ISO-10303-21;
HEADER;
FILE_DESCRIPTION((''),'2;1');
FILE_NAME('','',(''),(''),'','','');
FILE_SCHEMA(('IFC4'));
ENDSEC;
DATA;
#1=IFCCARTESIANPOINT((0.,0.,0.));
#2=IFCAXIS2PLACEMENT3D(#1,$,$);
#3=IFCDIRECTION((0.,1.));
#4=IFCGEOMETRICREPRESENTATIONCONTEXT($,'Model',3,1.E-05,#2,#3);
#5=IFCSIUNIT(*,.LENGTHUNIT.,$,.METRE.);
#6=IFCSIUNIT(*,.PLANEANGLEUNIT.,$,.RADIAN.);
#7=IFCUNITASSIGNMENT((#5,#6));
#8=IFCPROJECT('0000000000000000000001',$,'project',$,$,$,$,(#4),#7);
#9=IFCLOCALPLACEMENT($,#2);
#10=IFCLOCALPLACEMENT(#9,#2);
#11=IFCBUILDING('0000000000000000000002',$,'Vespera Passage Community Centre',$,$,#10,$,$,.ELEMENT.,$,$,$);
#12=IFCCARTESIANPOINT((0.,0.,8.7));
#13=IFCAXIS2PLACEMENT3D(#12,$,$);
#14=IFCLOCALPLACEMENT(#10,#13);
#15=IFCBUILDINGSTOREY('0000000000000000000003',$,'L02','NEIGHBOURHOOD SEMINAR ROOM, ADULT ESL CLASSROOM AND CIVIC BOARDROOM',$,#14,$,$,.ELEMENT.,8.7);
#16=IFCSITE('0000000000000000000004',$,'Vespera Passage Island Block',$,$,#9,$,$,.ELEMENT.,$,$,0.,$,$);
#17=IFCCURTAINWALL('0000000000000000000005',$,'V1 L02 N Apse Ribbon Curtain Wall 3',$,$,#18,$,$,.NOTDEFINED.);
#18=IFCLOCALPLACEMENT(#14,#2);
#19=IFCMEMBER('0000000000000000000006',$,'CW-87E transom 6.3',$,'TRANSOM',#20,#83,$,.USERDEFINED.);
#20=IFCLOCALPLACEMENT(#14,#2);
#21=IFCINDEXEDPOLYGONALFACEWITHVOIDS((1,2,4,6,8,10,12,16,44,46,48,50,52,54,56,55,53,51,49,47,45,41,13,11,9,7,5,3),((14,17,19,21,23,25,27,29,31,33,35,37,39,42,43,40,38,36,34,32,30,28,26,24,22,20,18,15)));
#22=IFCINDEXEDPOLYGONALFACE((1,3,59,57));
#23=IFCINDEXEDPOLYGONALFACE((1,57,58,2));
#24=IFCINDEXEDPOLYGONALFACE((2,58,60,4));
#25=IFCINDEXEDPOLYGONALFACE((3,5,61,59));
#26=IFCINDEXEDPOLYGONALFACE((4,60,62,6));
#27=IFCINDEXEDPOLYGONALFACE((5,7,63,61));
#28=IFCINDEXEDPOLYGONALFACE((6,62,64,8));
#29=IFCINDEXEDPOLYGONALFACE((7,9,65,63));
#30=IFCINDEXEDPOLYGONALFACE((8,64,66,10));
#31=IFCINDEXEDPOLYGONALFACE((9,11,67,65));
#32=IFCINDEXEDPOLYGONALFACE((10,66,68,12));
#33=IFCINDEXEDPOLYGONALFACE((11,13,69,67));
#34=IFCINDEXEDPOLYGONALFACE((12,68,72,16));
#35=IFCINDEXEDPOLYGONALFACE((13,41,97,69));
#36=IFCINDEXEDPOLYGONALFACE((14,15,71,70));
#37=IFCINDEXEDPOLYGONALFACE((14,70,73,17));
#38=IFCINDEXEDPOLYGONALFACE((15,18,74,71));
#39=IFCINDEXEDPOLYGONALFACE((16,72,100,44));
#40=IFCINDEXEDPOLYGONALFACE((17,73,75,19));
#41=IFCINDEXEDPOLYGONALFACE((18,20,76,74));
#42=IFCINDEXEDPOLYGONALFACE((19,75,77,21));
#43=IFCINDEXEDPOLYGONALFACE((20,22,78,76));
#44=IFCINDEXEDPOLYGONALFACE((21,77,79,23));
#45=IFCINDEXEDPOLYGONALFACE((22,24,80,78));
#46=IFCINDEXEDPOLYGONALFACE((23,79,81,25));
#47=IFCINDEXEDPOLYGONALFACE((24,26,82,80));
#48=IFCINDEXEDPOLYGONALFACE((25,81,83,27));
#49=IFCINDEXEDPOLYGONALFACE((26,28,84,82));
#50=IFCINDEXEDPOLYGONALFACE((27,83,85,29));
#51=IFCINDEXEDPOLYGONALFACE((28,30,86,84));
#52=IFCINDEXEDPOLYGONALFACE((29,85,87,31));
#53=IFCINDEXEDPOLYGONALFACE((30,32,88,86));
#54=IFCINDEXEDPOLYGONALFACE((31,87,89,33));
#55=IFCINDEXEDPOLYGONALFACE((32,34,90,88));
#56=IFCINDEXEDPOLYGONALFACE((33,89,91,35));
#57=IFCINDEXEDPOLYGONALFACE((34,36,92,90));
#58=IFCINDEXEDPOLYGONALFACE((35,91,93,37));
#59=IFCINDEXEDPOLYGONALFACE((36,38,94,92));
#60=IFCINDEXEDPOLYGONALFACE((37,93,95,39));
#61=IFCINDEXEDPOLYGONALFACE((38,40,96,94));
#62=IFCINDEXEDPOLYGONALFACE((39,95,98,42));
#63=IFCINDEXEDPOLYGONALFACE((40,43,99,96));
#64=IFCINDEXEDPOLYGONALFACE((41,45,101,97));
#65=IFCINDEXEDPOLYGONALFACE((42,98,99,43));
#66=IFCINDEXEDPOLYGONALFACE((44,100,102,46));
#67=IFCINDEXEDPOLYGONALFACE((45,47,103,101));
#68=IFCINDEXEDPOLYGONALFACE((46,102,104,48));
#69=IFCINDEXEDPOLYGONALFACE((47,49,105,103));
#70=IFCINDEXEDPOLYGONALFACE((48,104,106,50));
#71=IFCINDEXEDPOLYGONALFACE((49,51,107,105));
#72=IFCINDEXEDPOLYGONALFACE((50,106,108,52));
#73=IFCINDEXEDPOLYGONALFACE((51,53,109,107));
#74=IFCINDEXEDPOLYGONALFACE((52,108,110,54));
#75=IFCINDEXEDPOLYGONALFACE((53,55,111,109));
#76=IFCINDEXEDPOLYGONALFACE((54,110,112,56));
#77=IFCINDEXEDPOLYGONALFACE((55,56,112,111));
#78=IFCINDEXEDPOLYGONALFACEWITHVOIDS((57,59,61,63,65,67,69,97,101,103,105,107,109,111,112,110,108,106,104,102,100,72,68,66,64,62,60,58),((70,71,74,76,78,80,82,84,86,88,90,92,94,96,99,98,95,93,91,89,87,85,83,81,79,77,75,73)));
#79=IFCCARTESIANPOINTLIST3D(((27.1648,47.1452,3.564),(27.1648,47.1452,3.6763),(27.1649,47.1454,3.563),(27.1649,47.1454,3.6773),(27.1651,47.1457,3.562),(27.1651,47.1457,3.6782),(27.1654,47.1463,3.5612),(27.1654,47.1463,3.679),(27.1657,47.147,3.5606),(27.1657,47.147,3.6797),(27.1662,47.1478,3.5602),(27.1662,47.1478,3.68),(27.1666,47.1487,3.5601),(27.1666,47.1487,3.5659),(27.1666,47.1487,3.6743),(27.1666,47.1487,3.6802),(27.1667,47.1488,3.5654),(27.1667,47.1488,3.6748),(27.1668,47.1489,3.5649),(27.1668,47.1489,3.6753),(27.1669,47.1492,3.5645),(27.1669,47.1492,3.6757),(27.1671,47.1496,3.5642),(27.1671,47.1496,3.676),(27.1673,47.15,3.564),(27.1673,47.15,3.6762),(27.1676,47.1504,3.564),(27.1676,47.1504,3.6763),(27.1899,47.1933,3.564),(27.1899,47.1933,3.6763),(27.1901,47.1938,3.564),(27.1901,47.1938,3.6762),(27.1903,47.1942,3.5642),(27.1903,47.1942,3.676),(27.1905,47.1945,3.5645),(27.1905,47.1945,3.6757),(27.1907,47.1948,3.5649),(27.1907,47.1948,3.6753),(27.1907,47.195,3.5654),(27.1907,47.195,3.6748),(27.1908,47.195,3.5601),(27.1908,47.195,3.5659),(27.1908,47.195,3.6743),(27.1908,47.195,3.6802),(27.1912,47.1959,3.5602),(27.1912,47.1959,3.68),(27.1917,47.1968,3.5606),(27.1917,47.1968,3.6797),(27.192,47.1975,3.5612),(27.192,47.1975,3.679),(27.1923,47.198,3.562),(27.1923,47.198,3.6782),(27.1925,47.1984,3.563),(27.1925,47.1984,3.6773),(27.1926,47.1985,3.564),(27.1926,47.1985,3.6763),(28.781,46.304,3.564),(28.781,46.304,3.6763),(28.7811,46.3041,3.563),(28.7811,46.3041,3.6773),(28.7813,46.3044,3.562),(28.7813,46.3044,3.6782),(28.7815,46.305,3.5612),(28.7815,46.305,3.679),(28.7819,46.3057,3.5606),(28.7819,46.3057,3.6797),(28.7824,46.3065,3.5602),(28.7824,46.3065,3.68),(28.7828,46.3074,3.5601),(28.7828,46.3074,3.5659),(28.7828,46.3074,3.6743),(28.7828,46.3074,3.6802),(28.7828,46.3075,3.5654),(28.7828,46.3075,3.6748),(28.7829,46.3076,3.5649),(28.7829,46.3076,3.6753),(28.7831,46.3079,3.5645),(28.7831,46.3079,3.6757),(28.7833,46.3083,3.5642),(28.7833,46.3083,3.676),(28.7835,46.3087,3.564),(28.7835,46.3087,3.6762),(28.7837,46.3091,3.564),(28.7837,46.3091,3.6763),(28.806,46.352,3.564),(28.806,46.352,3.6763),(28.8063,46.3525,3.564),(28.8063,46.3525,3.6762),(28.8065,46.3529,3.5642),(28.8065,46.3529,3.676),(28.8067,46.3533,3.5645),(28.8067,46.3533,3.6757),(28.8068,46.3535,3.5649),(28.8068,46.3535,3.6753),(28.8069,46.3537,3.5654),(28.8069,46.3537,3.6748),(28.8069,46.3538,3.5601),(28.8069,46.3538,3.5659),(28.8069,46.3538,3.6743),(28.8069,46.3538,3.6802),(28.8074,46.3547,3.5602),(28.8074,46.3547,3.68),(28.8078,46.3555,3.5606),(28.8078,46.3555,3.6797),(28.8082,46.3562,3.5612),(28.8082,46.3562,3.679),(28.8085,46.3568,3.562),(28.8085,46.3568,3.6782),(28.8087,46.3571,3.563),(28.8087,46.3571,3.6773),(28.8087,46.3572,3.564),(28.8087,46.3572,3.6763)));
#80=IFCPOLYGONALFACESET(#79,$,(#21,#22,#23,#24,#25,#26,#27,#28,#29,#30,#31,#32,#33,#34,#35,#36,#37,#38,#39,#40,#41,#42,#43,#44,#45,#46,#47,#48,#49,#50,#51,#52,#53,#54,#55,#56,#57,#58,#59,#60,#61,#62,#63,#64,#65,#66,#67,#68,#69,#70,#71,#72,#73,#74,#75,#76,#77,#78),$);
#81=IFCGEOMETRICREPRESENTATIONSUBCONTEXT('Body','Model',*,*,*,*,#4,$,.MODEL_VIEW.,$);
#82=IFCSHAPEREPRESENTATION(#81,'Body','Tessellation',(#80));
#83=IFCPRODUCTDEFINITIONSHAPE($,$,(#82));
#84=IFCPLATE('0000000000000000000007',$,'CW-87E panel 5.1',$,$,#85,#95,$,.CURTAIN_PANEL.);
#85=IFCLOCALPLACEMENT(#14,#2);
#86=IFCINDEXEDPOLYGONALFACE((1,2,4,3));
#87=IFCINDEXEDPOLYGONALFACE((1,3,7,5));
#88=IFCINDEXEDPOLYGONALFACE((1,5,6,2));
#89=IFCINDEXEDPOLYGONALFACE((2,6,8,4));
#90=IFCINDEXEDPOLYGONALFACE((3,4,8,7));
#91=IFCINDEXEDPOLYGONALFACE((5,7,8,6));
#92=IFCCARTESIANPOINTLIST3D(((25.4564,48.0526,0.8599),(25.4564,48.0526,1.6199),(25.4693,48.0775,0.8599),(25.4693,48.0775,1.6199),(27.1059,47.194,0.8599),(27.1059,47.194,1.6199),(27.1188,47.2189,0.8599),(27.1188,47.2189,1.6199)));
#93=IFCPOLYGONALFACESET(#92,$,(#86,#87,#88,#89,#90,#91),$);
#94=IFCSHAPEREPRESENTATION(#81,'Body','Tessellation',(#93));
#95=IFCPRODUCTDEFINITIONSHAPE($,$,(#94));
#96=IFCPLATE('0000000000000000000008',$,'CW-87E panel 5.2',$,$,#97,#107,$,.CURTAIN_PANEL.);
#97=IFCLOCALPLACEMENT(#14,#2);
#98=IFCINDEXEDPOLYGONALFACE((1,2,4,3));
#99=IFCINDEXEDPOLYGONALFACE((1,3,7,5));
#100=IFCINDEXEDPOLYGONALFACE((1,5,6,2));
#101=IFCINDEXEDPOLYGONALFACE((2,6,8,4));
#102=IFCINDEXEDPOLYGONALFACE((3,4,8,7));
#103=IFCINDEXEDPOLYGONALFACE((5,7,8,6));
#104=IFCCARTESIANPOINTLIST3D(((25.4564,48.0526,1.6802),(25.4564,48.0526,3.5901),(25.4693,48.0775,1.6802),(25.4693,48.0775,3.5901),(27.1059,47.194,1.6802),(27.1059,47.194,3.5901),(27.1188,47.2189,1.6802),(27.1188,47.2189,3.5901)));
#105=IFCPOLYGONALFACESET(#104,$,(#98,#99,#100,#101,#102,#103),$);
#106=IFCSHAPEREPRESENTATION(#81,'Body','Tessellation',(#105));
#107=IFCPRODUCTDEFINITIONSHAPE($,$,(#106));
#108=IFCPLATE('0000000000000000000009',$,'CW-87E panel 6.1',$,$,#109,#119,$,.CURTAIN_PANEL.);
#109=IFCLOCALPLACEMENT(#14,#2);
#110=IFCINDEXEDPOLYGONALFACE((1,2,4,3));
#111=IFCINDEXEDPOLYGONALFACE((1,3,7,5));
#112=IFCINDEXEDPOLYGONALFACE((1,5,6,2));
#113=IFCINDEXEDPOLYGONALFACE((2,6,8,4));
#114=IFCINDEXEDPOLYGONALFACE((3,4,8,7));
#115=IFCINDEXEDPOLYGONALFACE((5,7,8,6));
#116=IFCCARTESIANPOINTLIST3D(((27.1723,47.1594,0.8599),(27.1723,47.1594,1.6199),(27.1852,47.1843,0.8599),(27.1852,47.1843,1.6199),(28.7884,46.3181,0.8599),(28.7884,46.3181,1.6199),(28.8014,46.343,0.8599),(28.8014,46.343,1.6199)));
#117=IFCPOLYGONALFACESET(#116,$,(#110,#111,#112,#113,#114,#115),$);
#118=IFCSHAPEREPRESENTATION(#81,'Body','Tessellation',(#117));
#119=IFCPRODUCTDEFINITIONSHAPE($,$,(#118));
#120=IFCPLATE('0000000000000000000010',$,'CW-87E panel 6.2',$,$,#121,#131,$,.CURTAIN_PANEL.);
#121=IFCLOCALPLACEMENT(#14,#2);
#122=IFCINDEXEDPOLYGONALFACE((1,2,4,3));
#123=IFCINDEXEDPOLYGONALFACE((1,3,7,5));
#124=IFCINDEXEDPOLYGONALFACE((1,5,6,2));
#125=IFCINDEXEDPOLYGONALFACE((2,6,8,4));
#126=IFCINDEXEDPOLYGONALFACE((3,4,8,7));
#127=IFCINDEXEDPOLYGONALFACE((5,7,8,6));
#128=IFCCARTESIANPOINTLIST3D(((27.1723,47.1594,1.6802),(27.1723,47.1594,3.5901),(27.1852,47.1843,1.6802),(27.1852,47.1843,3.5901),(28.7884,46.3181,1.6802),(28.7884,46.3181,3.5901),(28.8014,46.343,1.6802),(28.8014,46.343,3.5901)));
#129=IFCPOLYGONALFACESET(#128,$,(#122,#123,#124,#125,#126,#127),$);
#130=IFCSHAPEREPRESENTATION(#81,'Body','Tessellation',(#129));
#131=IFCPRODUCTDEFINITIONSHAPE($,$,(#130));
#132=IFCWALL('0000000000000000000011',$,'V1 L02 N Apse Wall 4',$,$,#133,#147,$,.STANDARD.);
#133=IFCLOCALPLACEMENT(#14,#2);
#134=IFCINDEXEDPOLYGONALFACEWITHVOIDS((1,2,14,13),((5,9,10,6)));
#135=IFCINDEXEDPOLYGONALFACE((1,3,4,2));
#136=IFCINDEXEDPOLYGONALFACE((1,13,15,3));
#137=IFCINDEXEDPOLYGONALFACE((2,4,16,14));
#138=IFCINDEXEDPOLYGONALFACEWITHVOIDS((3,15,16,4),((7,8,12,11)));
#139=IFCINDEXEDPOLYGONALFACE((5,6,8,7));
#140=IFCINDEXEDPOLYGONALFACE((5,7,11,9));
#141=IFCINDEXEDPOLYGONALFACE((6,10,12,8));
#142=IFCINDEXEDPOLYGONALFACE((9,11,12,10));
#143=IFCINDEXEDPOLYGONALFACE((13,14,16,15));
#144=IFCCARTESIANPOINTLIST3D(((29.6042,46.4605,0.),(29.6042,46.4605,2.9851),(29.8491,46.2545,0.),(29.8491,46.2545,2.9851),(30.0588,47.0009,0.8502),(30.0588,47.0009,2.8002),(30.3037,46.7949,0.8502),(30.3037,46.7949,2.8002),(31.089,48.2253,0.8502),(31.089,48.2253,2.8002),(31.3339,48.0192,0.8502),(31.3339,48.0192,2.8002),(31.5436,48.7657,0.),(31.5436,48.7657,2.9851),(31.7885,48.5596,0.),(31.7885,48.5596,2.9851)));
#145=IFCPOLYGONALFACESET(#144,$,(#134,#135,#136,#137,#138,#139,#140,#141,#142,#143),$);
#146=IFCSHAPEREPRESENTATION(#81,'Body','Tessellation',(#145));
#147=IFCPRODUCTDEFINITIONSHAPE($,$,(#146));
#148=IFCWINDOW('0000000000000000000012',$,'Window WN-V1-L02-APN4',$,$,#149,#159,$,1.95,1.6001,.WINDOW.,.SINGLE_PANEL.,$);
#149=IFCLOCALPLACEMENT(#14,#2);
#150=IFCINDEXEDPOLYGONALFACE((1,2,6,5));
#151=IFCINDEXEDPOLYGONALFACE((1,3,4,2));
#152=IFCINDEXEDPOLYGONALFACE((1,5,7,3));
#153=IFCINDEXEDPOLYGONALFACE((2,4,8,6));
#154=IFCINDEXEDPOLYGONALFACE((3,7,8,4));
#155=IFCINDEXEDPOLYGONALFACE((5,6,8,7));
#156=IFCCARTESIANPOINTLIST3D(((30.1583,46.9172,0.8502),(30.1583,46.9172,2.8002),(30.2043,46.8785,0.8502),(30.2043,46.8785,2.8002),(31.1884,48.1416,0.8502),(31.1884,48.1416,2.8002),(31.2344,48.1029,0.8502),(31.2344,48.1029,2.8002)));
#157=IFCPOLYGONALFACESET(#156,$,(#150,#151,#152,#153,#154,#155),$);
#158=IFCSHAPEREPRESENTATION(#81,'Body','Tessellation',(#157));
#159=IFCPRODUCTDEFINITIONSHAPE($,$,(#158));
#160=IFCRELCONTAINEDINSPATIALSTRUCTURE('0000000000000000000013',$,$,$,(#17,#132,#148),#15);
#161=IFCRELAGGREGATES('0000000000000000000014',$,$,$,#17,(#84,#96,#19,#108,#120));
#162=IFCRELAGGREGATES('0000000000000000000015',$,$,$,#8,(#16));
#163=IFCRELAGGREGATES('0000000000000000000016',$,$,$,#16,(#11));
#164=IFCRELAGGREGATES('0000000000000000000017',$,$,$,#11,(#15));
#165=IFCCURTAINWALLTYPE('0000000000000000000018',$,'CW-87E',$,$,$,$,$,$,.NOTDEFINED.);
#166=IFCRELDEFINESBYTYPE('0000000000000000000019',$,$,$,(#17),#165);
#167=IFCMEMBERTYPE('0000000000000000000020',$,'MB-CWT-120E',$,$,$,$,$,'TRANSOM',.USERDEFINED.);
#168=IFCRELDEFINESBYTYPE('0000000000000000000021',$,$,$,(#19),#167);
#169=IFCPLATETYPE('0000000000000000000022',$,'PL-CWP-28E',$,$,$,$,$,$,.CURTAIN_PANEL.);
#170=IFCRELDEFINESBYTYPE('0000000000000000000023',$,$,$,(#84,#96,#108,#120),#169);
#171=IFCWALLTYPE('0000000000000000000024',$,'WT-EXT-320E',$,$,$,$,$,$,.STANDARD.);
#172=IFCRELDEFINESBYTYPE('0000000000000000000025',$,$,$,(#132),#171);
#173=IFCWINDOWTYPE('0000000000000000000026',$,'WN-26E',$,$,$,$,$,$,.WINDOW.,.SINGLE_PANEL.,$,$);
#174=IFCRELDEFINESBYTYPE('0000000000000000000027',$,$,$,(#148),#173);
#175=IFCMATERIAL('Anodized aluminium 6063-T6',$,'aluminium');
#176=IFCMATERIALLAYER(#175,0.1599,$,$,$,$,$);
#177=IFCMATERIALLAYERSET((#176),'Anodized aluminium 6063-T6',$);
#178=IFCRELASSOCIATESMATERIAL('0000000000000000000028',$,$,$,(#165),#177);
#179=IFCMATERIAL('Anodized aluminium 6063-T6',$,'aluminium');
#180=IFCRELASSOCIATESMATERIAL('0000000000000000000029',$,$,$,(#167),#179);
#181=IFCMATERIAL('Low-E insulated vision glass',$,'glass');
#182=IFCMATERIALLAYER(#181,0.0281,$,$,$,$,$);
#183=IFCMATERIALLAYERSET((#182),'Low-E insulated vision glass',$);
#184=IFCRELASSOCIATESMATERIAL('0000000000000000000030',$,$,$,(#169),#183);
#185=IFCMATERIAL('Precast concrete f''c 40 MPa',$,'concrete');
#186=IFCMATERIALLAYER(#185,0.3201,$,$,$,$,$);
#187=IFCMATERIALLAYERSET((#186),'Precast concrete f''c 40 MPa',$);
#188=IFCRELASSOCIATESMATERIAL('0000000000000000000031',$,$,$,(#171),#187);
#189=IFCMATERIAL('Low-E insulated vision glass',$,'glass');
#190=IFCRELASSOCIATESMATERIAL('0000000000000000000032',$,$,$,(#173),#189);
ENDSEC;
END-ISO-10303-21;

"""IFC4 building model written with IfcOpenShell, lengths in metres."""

from ifc_helpers import new_model, si_unit, direction, frame, frame_2d, origin, origin_2d, place, context, subcontext, project, spatial, rectangle, hollow_rectangle, extrude, material, layer, layer_set, material_profile, profile_set, type_object, element, fill, aggregate, save


model = new_model("IFC4")

# Units and contexts
model_context = context("Model", 3, precision=1e-05, world=origin(), true_north=direction((0.0, 1.0)))
body_context = subcontext(model_context, "Body", "Model", "MODEL_VIEW")
ifc_project = project(units=[si_unit("LENGTHUNIT", "METRE"), si_unit("PLANEANGLEUNIT", "RADIAN")], contexts=[model_context])

# Site, building, storey
site_placement = place(None, origin())
site = spatial("IfcSite", under=ifc_project, at=site_placement, Name="Vespera Passage Island Block", CompositionType="ELEMENT", RefElevation=0.0)
building_placement = place(site_placement, origin())
building = spatial("IfcBuilding", under=site, at=building_placement, Name="Vespera Passage Community Centre", CompositionType="ELEMENT")
storey_placement = place(building_placement, frame((0.0, 0.0, 8.7)))
storey = spatial("IfcBuildingStorey", under=building, at=storey_placement, Name="L02", Description="NEIGHBOURHOOD SEMINAR ROOM, ADULT ESL CLASSROOM AND CIVIC BOARDROOM", CompositionType="ELEMENT", Elevation=8.7)

# Curtain wall, member, plates
ifc_material_1 = material(Name="Anodized aluminium 6063-T6", Category="aluminium")
ifc_layer_1 = layer(ifc_material_1, 0.1599)
ifc_layer_set_1 = layer_set([ifc_layer_1], Name="Anodized aluminium 6063-T6")
curtain_wall_type = type_object("IfcCurtainWallType", Name="CW-87E", PredefinedType="NOTDEFINED", material=ifc_layer_set_1)
curtain_wall_placement = place(storey_placement, origin())
curtain_wall = element("IfcCurtainWall", 1, at=curtain_wall_placement, inside=storey, type_object=curtain_wall_type, Name="V1 L02 N Apse Ribbon Curtain Wall 3", PredefinedType="NOTDEFINED")
ifc_material_2 = material(Name="Anodized aluminium 6063-T6", Category="aluminium")
ifc_material_profile_1 = material_profile(ifc_material_2, hollow_rectangle(XDim=0.0601, YDim=0.1201, WallThickness=0.0039, InnerFilletRadius=0.002, OuterFilletRadius=0.0039, at=origin_2d()), Name="ALU120X60X4")
ifc_profile_set_1 = profile_set([ifc_material_profile_1], Name="Anodized aluminium 6063-T6")
member_type_1 = type_object("IfcMemberType", Name="MB-CWT-120E", ElementType="TRANSOM", PredefinedType="USERDEFINED", material=ifc_profile_set_1)
member_1_placement = place(storey_placement, frame((27.1787, 47.1719, 3.6201), z_axis=(0.887019, -0.461732, 0.0), x_axis=(0.461732, 0.887019, 0.0)))
member_1 = element("IfcMember", 2, at=member_1_placement, type_object=member_type_1, Name="CW-87E transom 6.3", ObjectType="TRANSOM", PredefinedType="USERDEFINED", context=body_context, shape_type="SweptSolid", body=[
    extrude(hollow_rectangle(XDim=0.0601, YDim=0.1201, WallThickness=0.0039, InnerFilletRadius=0.002, OuterFilletRadius=0.0039, at=origin_2d()), origin(), (0.0, 0.0, 1.0), 1.822),
])
ifc_material_3 = material(Name="Low-E insulated vision glass", Category="glass")
ifc_layer_2 = layer(ifc_material_3, 0.0281)
ifc_layer_set_2 = layer_set([ifc_layer_2], Name="Low-E insulated vision glass")
plate_type = type_object("IfcPlateType", Name="PL-CWP-28E", PredefinedType="CURTAIN_PANEL", material=ifc_layer_set_2)
plate_1_placement = place(storey_placement, frame((26.2876, 47.6357, 0.8599), z_axis=(0.0, 0.0, 1.0), x_axis=(0.887013, -0.461745, 0.0)))
plate_1 = element("IfcPlate", 3, at=plate_1_placement, type_object=plate_type, Name="CW-87E panel 5.1", PredefinedType="CURTAIN_PANEL", context=body_context, shape_type="SweptSolid", body=[
    extrude(rectangle(XDim=1.8596, YDim=0.0281, at=origin_2d()), origin(), (0.0, 0.0, 1.0), 0.76),
])
plate_2_placement = place(storey_placement, frame((26.2876, 47.6357, 1.6802), z_axis=(0.0, 0.0, 1.0), x_axis=(0.887013, -0.461745, 0.0)))
plate_2 = element("IfcPlate", 4, at=plate_2_placement, type_object=plate_type, Name="CW-87E panel 5.2", PredefinedType="CURTAIN_PANEL", context=body_context, shape_type="SweptSolid", body=[
    extrude(rectangle(XDim=1.8596, YDim=0.0281, at=origin_2d()), origin(), (0.0, 0.0, 1.0), 1.9099),
])
plate_3_placement = place(storey_placement, frame((27.9868, 46.7512, 0.8599), z_axis=(0.0, 0.0, 1.0), x_axis=(0.887013, -0.461745, 0.0)))
plate_3 = element("IfcPlate", 5, at=plate_3_placement, type_object=plate_type, Name="CW-87E panel 6.1", PredefinedType="CURTAIN_PANEL", context=body_context, shape_type="SweptSolid", body=[
    extrude(rectangle(XDim=1.822, YDim=0.0281, at=origin_2d()), origin(), (0.0, 0.0, 1.0), 0.76),
])
plate_4_placement = place(storey_placement, frame((27.9868, 46.7512, 1.6802), z_axis=(0.0, 0.0, 1.0), x_axis=(0.887013, -0.461745, 0.0)))
plate_4 = element("IfcPlate", 6, at=plate_4_placement, type_object=plate_type, Name="CW-87E panel 6.2", PredefinedType="CURTAIN_PANEL", context=body_context, shape_type="SweptSolid", body=[
    extrude(rectangle(XDim=1.822, YDim=0.0281, at=origin_2d()), origin(), (0.0, 0.0, 1.0), 1.9099),
])
aggregate(curtain_wall, [plate_1, plate_2, member_1, plate_3, plate_4])

# Wall, opening, window
ifc_material_4 = material(Name="Precast concrete f'c 40 MPa", Category="concrete")
ifc_layer_3 = layer(ifc_material_4, 0.3201)
ifc_layer_set_3 = layer_set([ifc_layer_3], Name="Precast concrete f'c 40 MPa")
wall_type_1 = type_object("IfcWallType", Name="WT-EXT-320E", PredefinedType="STANDARD", material=ifc_layer_set_3)
wall_1_placement = place(storey_placement, frame((29.7266, 46.3574, 0.0), z_axis=(0.0, 0.0, 1.0), x_axis=(0.643796, 0.765197, 0.0)))
wall_1 = element("IfcWall", 7, at=wall_1_placement, inside=storey, type_object=wall_type_1, Name="V1 L02 N Apse Wall 4", PredefinedType="STANDARD", context=body_context, shape_type="SweptSolid", body=[
    extrude(rectangle(XDim=3.0125, YDim=0.3201, at=frame_2d((1.5063, 0.0))), origin(), (0.0, 0.0, 1.0), 2.9851),
])
opening_1_placement = place(wall_1_placement, frame((0.7063, 0.0, 0.8501)))
opening_1 = element("IfcOpeningElement", 8, at=opening_1_placement, cuts=wall_1, PredefinedType="OPENING", context=body_context, shape_type="SweptSolid", body=[
    extrude(rectangle(XDim=1.6001, YDim=1.95, at=frame_2d((0.8, 0.9751))), frame((0.0, 0.1702, 0.0), z_axis=(0.0, -1.0, 0.0), x_axis=(1.0, 0.0, 0.0)), (0.0, 0.0, 1.0), 0.3401),
])
ifc_material_5 = material(Name="Low-E insulated vision glass", Category="glass")
window_type_1 = type_object("IfcWindowType", Name="WN-26E", PartitioningType="SINGLE_PANEL", PredefinedType="WINDOW", material=ifc_material_5)
window_1_placement = place(opening_1_placement, origin())
window_1 = element("IfcWindow", 9, at=window_1_placement, inside=storey, type_object=window_type_1, Name="Window WN-V1-L02-APN4", OverallHeight=1.95, OverallWidth=1.6001, PartitioningType="SINGLE_PANEL", PredefinedType="WINDOW", context=body_context, shape_type="SweptSolid", body=[
    extrude(rectangle(XDim=1.6001, YDim=1.95, at=frame_2d((0.8, 0.9751))), frame((0.0, 0.03, 0.0), z_axis=(0.0, -1.0, 0.0), x_axis=(1.0, 0.0, 0.0)), (0.0, 0.0, 1.0), 0.0601),
])
fill(opening_1, window_1)

save(model, "model.ifc")
